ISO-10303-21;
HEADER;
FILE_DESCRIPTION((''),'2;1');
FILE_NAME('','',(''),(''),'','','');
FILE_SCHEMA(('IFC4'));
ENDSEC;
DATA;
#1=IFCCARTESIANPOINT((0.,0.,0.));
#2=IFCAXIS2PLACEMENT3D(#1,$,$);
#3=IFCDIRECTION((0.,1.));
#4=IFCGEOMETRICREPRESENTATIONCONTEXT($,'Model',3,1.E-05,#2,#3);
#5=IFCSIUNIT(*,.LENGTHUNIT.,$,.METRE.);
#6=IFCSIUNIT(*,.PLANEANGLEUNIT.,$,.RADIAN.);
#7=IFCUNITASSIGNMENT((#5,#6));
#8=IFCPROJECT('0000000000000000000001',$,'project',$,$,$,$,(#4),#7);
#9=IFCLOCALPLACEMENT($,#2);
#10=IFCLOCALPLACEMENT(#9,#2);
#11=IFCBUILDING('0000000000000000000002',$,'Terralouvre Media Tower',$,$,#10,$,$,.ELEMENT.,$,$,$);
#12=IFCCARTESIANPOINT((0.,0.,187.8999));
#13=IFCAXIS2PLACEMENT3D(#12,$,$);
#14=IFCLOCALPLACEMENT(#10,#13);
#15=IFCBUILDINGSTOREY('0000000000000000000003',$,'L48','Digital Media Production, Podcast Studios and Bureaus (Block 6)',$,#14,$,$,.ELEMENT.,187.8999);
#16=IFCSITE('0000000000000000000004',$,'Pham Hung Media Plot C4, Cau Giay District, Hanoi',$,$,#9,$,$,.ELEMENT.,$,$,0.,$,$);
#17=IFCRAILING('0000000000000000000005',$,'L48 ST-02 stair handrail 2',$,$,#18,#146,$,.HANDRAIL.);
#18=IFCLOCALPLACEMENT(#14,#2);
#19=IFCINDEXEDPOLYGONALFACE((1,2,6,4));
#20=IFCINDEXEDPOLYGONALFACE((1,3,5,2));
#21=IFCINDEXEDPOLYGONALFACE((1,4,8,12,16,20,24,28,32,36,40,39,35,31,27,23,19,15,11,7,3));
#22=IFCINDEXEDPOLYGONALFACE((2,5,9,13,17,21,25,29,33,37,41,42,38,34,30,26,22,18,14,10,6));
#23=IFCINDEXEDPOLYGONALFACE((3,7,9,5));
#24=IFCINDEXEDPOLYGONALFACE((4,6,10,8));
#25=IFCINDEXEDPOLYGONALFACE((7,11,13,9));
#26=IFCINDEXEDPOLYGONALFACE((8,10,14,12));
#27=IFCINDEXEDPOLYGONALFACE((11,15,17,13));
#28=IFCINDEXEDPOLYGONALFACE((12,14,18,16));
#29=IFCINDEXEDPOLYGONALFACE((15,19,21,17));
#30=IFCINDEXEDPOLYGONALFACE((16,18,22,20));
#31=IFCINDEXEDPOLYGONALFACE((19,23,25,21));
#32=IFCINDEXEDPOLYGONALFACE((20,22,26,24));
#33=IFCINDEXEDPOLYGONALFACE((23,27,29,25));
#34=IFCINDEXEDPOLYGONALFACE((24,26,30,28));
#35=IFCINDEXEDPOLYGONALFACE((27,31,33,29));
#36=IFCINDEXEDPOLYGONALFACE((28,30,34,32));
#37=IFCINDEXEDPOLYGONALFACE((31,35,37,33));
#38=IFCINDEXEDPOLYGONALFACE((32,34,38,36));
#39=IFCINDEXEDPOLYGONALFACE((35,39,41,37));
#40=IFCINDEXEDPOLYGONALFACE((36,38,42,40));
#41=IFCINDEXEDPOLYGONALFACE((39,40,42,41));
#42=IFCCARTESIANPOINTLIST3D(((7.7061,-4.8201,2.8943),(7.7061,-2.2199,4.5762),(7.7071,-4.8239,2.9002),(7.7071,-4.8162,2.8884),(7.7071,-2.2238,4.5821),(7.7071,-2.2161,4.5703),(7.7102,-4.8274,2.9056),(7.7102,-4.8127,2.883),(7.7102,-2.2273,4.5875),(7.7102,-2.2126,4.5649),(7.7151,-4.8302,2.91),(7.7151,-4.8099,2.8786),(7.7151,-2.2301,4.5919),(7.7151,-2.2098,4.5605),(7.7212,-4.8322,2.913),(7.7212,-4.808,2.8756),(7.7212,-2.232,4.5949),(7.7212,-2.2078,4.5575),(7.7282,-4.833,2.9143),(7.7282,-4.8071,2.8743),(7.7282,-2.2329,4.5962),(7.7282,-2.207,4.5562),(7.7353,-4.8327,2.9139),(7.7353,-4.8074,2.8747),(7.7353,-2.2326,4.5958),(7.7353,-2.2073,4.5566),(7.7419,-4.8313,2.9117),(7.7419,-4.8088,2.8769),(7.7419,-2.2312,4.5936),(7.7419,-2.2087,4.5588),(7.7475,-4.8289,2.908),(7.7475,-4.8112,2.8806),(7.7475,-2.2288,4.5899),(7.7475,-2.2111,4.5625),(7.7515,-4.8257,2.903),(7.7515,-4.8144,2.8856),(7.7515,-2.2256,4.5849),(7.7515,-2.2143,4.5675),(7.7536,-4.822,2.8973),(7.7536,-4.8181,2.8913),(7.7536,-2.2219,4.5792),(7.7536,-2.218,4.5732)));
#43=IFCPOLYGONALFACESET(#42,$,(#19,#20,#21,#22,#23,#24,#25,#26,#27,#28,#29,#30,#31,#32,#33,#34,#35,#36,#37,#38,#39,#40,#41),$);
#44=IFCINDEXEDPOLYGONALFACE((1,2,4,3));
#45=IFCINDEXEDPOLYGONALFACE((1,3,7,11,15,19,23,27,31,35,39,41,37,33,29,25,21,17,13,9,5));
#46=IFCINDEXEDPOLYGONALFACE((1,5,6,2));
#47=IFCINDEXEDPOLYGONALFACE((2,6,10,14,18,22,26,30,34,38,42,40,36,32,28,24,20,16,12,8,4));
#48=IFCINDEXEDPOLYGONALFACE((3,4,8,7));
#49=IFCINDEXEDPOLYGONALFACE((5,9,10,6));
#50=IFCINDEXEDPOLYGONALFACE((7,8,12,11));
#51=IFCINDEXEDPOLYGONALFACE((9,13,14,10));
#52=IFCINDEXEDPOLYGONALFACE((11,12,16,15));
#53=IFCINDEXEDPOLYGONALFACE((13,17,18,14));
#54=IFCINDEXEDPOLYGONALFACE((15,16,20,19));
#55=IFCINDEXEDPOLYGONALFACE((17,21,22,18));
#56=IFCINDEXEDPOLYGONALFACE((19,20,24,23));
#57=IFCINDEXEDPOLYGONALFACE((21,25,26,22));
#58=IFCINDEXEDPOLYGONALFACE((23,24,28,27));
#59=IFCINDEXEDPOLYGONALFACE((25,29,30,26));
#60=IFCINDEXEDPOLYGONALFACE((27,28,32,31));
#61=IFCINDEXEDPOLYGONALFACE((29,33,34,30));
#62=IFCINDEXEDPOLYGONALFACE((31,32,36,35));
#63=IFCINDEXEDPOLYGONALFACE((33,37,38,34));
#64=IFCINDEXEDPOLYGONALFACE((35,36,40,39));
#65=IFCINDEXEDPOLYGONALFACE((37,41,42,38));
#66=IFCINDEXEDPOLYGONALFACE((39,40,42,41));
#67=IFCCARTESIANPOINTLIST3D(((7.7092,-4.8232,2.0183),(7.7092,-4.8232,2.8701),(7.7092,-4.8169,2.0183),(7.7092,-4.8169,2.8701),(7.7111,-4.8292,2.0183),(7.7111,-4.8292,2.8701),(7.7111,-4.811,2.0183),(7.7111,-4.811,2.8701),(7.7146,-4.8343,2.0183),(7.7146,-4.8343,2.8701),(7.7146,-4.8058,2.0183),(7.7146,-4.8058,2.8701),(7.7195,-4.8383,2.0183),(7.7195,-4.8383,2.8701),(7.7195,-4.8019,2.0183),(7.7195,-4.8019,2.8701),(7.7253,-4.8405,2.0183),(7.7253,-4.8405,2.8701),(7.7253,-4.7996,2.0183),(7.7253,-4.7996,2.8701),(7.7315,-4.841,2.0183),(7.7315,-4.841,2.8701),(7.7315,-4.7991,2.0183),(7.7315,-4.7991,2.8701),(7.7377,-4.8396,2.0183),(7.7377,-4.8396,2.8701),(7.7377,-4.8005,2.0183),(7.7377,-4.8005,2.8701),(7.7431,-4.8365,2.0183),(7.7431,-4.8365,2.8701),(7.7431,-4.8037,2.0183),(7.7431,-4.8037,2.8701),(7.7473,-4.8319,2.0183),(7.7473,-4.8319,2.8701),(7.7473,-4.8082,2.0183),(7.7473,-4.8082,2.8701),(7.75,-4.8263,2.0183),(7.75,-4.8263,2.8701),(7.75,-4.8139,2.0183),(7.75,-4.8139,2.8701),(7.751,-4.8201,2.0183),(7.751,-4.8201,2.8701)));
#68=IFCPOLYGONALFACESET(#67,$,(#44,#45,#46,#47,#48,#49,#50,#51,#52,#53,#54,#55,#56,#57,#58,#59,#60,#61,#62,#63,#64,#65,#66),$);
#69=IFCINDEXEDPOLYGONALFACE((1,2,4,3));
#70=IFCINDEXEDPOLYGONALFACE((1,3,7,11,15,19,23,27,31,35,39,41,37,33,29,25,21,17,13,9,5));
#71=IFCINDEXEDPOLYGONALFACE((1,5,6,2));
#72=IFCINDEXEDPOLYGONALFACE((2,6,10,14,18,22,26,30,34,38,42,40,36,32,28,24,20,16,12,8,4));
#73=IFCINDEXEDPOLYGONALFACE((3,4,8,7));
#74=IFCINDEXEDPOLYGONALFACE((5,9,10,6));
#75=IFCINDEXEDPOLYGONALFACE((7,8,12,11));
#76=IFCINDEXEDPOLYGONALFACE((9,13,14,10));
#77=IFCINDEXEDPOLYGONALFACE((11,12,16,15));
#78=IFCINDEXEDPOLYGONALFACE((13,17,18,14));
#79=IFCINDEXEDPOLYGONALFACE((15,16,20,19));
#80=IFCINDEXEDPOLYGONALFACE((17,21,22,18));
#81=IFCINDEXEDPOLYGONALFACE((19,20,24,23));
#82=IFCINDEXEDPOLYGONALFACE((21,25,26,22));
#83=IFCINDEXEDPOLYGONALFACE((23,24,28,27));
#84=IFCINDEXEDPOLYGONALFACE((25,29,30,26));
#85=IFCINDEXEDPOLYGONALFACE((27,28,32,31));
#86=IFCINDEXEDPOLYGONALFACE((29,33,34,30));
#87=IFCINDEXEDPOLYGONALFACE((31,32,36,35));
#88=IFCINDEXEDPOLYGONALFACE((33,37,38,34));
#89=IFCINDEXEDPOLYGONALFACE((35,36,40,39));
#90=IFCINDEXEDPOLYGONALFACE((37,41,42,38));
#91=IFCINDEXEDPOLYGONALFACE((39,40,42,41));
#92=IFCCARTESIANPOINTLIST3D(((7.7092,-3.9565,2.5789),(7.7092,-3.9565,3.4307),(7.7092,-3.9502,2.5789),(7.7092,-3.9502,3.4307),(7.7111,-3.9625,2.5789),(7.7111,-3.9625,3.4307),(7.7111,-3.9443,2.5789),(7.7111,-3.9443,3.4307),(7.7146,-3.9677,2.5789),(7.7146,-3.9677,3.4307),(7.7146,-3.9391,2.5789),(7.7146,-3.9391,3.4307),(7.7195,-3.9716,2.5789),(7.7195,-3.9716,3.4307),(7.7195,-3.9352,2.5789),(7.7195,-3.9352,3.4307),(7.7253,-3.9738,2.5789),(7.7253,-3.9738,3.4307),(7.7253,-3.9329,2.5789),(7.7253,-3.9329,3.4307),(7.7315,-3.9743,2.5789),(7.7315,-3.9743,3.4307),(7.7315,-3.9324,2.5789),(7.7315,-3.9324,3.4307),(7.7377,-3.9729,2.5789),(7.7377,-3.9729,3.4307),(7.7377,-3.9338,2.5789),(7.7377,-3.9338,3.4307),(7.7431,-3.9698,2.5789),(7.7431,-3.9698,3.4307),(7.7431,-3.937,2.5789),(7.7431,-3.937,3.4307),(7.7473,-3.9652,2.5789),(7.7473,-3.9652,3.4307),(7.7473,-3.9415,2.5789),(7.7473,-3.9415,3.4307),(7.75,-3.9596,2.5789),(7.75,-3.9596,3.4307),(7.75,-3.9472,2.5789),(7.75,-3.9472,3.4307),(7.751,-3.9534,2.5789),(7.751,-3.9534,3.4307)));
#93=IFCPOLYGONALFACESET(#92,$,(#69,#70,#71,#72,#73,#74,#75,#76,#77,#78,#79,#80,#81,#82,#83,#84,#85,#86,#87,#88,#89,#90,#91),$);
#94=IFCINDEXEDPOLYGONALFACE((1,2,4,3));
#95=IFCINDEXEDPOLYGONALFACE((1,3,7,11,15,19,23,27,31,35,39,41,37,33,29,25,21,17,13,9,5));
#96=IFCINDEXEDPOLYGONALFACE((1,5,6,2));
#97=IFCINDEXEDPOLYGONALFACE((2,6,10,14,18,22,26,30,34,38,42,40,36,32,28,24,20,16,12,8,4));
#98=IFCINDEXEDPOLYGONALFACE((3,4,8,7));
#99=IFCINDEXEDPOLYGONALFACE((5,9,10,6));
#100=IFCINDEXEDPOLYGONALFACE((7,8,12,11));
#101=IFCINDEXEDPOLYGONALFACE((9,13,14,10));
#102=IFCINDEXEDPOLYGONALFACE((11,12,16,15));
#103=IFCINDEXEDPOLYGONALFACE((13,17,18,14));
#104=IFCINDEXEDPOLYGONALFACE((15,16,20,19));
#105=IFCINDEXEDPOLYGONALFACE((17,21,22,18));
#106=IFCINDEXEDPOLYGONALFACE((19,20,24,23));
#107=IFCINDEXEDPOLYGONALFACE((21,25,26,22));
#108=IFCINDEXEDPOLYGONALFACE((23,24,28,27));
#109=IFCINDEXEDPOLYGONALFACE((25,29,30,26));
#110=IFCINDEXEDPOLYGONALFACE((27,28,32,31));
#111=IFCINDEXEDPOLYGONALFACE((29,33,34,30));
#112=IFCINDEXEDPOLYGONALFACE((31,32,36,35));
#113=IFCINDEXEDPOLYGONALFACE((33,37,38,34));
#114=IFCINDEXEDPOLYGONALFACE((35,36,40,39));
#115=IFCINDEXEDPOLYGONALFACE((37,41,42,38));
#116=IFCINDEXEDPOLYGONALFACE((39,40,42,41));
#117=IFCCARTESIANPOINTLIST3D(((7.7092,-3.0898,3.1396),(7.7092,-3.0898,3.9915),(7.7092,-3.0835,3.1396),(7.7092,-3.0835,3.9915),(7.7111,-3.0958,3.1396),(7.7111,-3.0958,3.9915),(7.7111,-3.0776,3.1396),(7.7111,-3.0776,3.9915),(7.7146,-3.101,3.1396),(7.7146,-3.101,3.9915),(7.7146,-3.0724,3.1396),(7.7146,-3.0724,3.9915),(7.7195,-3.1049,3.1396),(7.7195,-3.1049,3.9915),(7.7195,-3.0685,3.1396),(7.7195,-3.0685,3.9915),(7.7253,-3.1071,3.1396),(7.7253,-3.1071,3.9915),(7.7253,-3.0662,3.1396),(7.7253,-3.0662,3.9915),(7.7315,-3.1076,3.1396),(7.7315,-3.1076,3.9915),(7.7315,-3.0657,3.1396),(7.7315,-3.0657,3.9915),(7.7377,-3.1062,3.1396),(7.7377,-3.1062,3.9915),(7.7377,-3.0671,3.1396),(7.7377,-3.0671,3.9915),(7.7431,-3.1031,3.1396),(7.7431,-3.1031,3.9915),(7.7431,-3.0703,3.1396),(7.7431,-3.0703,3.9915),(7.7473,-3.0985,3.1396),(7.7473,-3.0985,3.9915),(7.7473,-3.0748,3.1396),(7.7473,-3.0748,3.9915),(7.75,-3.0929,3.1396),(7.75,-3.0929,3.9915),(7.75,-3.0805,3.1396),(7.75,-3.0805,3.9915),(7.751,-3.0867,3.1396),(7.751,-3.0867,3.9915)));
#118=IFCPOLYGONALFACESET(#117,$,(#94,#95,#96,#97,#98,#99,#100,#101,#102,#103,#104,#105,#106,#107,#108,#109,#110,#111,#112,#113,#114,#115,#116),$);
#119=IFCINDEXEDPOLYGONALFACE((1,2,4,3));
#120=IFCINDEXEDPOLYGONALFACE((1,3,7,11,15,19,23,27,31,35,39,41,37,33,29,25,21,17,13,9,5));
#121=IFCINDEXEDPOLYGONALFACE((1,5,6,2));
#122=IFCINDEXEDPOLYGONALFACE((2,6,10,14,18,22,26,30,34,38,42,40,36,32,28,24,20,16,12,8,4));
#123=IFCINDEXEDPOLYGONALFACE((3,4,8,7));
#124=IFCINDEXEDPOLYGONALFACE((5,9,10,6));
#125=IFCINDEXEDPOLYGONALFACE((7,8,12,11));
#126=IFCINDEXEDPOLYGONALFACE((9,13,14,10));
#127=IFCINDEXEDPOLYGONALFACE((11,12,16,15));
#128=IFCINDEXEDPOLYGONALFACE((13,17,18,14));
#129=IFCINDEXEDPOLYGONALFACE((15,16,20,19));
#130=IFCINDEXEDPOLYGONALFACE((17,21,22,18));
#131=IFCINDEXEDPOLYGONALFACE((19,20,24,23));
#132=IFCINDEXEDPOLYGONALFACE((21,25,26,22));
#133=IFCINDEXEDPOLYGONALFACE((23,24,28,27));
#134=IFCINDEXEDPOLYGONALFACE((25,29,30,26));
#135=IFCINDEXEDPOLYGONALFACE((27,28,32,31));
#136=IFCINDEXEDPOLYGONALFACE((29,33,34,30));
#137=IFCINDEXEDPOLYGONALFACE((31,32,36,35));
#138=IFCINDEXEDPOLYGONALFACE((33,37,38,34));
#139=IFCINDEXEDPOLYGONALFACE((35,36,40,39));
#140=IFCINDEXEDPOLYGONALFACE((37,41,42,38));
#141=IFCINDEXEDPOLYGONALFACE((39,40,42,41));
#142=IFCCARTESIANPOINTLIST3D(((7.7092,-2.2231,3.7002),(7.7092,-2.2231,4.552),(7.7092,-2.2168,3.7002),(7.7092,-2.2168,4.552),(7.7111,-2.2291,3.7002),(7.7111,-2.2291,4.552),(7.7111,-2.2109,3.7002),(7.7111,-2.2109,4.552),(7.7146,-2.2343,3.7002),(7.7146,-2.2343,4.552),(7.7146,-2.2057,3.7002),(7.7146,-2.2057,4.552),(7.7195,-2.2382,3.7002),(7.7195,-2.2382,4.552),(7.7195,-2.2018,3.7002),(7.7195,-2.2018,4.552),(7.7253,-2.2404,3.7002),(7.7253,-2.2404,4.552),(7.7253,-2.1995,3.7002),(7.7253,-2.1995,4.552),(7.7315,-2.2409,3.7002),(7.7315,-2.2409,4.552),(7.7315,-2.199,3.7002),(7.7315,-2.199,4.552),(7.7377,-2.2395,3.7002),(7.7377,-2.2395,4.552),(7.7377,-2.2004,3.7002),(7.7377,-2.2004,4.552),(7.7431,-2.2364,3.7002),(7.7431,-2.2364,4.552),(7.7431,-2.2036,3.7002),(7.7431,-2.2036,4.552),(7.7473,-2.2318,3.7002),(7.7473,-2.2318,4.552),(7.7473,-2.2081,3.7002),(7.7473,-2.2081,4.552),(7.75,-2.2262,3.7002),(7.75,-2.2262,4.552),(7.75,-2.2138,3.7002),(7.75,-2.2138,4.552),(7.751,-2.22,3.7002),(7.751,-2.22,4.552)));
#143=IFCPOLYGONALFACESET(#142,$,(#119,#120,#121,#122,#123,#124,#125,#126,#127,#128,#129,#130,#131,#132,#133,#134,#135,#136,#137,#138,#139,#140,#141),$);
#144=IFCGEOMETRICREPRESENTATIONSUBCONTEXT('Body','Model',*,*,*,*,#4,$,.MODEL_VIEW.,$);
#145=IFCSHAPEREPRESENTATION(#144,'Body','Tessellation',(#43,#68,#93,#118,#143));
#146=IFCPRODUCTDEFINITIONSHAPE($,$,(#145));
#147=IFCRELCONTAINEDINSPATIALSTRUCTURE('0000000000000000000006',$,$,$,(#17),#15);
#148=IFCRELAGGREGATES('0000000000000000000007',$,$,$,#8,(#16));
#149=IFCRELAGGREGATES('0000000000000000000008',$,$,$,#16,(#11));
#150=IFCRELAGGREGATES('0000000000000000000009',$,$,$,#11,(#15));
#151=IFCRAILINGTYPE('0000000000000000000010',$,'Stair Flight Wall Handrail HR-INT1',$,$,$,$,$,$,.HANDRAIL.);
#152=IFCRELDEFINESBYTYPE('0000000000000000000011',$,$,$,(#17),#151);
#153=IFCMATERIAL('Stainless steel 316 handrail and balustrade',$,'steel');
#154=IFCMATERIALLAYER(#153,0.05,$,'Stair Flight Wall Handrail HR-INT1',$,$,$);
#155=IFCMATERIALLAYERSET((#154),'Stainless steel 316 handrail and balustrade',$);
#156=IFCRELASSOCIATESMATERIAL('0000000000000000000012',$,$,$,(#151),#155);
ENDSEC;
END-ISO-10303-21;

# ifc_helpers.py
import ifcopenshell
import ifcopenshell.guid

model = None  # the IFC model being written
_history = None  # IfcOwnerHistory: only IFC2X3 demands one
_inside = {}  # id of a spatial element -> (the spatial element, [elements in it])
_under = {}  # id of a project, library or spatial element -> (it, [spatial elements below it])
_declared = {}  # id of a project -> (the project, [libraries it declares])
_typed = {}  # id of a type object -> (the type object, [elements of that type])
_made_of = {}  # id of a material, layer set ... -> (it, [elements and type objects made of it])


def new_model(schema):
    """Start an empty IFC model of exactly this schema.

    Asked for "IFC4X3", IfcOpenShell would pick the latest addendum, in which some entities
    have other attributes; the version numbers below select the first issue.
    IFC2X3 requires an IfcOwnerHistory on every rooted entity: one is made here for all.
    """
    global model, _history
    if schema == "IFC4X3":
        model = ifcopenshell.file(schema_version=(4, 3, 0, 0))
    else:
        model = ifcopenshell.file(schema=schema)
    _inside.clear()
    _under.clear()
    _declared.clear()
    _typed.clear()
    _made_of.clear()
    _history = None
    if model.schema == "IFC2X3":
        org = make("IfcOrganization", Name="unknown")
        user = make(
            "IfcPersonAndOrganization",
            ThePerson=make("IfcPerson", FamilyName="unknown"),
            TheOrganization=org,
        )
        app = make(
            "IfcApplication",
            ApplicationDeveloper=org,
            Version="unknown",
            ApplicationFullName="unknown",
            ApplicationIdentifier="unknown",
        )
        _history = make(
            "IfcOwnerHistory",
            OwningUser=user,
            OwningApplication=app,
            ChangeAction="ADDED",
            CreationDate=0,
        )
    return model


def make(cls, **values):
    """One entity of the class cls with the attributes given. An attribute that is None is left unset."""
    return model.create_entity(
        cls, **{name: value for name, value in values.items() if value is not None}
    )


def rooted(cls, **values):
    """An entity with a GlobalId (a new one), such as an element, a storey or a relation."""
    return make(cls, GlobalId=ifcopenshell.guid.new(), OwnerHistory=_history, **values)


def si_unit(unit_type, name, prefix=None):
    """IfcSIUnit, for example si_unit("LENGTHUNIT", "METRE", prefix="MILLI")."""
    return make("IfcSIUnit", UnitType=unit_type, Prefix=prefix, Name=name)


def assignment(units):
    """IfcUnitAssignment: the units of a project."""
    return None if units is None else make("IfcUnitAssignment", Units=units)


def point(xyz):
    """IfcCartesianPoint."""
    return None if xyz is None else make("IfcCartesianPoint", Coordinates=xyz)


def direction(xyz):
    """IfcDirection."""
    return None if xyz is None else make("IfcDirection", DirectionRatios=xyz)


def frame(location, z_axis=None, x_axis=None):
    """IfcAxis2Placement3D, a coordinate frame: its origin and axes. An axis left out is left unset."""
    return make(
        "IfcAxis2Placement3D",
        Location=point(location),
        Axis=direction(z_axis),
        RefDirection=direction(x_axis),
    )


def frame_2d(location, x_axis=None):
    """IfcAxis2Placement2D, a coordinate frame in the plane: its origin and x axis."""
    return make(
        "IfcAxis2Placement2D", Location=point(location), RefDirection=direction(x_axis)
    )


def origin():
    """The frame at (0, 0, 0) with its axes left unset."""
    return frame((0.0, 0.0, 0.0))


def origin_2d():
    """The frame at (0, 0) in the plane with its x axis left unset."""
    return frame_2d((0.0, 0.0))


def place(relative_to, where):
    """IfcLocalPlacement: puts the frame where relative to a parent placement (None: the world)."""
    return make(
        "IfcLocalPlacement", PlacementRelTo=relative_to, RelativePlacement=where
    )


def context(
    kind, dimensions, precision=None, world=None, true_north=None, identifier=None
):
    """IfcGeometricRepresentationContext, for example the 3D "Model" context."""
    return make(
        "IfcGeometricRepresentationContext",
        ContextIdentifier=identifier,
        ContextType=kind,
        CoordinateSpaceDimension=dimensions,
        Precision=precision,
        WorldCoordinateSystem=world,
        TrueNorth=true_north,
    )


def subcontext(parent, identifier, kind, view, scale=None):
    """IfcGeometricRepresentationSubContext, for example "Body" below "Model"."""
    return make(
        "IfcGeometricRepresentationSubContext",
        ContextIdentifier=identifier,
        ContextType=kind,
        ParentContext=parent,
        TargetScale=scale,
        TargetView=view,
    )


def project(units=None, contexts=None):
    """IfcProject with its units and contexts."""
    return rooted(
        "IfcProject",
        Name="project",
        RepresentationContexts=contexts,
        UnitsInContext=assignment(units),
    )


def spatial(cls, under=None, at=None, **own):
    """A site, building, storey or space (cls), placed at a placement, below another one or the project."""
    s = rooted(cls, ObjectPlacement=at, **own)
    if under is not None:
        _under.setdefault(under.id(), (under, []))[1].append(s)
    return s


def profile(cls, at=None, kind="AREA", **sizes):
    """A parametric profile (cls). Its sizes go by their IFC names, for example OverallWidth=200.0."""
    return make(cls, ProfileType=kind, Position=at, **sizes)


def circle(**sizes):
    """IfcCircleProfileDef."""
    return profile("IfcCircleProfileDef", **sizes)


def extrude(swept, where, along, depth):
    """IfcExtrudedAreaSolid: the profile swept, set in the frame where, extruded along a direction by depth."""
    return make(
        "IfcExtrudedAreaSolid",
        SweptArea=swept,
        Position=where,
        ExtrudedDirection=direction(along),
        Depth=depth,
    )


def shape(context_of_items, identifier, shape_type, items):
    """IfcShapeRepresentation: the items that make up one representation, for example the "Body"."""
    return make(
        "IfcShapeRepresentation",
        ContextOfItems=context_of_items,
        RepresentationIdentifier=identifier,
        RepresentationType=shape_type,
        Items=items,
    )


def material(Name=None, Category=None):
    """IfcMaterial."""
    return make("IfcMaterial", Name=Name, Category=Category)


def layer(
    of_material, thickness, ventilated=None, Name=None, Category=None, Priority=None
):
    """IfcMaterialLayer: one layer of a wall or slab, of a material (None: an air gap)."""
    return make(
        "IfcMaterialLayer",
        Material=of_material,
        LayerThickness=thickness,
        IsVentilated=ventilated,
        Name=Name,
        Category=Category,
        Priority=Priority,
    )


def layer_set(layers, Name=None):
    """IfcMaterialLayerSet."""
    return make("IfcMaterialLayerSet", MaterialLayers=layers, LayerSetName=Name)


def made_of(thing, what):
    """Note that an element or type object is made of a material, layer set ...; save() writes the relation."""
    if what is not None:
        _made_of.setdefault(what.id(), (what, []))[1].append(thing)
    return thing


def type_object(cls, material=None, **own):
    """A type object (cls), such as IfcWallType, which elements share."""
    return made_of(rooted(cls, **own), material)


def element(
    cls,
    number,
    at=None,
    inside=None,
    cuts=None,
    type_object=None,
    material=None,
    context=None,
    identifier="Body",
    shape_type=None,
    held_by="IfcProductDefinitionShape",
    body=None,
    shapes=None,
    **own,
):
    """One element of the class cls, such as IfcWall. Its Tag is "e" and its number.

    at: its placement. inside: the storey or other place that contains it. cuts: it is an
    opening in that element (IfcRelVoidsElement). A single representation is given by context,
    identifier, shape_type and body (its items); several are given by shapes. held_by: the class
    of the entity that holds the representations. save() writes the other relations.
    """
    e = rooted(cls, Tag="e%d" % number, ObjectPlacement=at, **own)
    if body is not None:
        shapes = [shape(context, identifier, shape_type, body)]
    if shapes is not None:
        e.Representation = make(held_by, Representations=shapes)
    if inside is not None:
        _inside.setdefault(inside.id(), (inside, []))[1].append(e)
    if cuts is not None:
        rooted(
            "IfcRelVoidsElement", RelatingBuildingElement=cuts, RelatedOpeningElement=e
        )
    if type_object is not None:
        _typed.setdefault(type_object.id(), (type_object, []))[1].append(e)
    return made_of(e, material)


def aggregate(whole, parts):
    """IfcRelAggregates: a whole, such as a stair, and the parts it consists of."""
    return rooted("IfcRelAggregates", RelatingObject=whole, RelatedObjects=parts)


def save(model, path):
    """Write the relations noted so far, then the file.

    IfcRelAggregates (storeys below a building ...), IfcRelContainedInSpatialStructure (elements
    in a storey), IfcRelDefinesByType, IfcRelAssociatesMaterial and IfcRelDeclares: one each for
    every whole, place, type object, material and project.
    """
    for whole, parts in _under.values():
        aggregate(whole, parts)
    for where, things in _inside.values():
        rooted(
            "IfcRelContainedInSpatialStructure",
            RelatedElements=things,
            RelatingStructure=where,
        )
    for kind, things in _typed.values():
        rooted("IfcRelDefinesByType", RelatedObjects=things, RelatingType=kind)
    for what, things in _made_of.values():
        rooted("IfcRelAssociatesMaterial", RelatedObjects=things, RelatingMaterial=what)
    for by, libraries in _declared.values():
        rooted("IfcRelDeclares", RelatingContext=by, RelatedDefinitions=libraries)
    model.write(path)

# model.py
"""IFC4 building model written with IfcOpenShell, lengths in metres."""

from ifc_helpers import new_model, si_unit, direction, frame, origin, origin_2d, place, context, subcontext, project, spatial, circle, extrude, material, layer, layer_set, type_object, element, save


model = new_model("IFC4")

# Units and contexts
model_context = context("Model", 3, precision=1e-05, world=origin(), true_north=direction((0.0, 1.0)))
body_context = subcontext(model_context, "Body", "Model", "MODEL_VIEW")
ifc_project = project(units=[si_unit("LENGTHUNIT", "METRE"), si_unit("PLANEANGLEUNIT", "RADIAN")], contexts=[model_context])

# Site, building, storey
site_placement = place(None, origin())
site = spatial("IfcSite", under=ifc_project, at=site_placement, Name="Pham Hung Media Plot C4, Cau Giay District, Hanoi", CompositionType="ELEMENT", RefElevation=0.0)
building_placement = place(site_placement, origin())
building = spatial("IfcBuilding", under=site, at=building_placement, Name="Terralouvre Media Tower", CompositionType="ELEMENT")
storey_placement = place(building_placement, frame((0.0, 0.0, 187.8999)))
storey = spatial("IfcBuildingStorey", under=building, at=storey_placement, Name="L48", Description="Digital Media Production, Podcast Studios and Bureaus (Block 6)", CompositionType="ELEMENT", Elevation=187.8999)

# Railing
ifc_material_1 = material(Name="Stainless steel 316 handrail and balustrade", Category="steel")
ifc_layer_1 = layer(ifc_material_1, 0.05, Name="Stair Flight Wall Handrail HR-INT1")
ifc_layer_set_1 = layer_set([ifc_layer_1], Name="Stainless steel 316 handrail and balustrade")
railing_type_1 = type_object("IfcRailingType", Name="Stair Flight Wall Handrail HR-INT1", PredefinedType="HANDRAIL", material=ifc_layer_set_1)
railing_1_placement = place(storey_placement, frame((7.73, -4.8201, 2.0183)))
element("IfcRailing", 1, at=railing_1_placement, inside=storey, type_object=railing_type_1, Name="L48 ST-02 stair handrail 2", PredefinedType="HANDRAIL", context=body_context, shape_type="SweptSolid", body=[
    extrude(circle(Radius=0.0239, at=origin_2d()), frame((0.0, 0.0, 0.876), z_axis=(0.0, 0.839648, 0.54313), x_axis=(-1.0, 0.0, 0.0)), (0.0, 0.0, 1.0), 3.0967),
    extrude(circle(Radius=0.021, at=origin_2d()), origin(), (0.0, 0.0, 1.0), 0.8518),
    extrude(circle(Radius=0.021, at=origin_2d()), frame((0.0, 0.8667, 0.5605)), (0.0, 0.0, 1.0), 0.8518),
    extrude(circle(Radius=0.021, at=origin_2d()), frame((0.0, 1.7334, 1.1213)), (0.0, 0.0, 1.0), 0.8518),
    extrude(circle(Radius=0.021, at=origin_2d()), frame((0.0, 2.6001, 1.6819)), (0.0, 0.0, 1.0), 0.8518),
])

save(model, "model.ifc")
